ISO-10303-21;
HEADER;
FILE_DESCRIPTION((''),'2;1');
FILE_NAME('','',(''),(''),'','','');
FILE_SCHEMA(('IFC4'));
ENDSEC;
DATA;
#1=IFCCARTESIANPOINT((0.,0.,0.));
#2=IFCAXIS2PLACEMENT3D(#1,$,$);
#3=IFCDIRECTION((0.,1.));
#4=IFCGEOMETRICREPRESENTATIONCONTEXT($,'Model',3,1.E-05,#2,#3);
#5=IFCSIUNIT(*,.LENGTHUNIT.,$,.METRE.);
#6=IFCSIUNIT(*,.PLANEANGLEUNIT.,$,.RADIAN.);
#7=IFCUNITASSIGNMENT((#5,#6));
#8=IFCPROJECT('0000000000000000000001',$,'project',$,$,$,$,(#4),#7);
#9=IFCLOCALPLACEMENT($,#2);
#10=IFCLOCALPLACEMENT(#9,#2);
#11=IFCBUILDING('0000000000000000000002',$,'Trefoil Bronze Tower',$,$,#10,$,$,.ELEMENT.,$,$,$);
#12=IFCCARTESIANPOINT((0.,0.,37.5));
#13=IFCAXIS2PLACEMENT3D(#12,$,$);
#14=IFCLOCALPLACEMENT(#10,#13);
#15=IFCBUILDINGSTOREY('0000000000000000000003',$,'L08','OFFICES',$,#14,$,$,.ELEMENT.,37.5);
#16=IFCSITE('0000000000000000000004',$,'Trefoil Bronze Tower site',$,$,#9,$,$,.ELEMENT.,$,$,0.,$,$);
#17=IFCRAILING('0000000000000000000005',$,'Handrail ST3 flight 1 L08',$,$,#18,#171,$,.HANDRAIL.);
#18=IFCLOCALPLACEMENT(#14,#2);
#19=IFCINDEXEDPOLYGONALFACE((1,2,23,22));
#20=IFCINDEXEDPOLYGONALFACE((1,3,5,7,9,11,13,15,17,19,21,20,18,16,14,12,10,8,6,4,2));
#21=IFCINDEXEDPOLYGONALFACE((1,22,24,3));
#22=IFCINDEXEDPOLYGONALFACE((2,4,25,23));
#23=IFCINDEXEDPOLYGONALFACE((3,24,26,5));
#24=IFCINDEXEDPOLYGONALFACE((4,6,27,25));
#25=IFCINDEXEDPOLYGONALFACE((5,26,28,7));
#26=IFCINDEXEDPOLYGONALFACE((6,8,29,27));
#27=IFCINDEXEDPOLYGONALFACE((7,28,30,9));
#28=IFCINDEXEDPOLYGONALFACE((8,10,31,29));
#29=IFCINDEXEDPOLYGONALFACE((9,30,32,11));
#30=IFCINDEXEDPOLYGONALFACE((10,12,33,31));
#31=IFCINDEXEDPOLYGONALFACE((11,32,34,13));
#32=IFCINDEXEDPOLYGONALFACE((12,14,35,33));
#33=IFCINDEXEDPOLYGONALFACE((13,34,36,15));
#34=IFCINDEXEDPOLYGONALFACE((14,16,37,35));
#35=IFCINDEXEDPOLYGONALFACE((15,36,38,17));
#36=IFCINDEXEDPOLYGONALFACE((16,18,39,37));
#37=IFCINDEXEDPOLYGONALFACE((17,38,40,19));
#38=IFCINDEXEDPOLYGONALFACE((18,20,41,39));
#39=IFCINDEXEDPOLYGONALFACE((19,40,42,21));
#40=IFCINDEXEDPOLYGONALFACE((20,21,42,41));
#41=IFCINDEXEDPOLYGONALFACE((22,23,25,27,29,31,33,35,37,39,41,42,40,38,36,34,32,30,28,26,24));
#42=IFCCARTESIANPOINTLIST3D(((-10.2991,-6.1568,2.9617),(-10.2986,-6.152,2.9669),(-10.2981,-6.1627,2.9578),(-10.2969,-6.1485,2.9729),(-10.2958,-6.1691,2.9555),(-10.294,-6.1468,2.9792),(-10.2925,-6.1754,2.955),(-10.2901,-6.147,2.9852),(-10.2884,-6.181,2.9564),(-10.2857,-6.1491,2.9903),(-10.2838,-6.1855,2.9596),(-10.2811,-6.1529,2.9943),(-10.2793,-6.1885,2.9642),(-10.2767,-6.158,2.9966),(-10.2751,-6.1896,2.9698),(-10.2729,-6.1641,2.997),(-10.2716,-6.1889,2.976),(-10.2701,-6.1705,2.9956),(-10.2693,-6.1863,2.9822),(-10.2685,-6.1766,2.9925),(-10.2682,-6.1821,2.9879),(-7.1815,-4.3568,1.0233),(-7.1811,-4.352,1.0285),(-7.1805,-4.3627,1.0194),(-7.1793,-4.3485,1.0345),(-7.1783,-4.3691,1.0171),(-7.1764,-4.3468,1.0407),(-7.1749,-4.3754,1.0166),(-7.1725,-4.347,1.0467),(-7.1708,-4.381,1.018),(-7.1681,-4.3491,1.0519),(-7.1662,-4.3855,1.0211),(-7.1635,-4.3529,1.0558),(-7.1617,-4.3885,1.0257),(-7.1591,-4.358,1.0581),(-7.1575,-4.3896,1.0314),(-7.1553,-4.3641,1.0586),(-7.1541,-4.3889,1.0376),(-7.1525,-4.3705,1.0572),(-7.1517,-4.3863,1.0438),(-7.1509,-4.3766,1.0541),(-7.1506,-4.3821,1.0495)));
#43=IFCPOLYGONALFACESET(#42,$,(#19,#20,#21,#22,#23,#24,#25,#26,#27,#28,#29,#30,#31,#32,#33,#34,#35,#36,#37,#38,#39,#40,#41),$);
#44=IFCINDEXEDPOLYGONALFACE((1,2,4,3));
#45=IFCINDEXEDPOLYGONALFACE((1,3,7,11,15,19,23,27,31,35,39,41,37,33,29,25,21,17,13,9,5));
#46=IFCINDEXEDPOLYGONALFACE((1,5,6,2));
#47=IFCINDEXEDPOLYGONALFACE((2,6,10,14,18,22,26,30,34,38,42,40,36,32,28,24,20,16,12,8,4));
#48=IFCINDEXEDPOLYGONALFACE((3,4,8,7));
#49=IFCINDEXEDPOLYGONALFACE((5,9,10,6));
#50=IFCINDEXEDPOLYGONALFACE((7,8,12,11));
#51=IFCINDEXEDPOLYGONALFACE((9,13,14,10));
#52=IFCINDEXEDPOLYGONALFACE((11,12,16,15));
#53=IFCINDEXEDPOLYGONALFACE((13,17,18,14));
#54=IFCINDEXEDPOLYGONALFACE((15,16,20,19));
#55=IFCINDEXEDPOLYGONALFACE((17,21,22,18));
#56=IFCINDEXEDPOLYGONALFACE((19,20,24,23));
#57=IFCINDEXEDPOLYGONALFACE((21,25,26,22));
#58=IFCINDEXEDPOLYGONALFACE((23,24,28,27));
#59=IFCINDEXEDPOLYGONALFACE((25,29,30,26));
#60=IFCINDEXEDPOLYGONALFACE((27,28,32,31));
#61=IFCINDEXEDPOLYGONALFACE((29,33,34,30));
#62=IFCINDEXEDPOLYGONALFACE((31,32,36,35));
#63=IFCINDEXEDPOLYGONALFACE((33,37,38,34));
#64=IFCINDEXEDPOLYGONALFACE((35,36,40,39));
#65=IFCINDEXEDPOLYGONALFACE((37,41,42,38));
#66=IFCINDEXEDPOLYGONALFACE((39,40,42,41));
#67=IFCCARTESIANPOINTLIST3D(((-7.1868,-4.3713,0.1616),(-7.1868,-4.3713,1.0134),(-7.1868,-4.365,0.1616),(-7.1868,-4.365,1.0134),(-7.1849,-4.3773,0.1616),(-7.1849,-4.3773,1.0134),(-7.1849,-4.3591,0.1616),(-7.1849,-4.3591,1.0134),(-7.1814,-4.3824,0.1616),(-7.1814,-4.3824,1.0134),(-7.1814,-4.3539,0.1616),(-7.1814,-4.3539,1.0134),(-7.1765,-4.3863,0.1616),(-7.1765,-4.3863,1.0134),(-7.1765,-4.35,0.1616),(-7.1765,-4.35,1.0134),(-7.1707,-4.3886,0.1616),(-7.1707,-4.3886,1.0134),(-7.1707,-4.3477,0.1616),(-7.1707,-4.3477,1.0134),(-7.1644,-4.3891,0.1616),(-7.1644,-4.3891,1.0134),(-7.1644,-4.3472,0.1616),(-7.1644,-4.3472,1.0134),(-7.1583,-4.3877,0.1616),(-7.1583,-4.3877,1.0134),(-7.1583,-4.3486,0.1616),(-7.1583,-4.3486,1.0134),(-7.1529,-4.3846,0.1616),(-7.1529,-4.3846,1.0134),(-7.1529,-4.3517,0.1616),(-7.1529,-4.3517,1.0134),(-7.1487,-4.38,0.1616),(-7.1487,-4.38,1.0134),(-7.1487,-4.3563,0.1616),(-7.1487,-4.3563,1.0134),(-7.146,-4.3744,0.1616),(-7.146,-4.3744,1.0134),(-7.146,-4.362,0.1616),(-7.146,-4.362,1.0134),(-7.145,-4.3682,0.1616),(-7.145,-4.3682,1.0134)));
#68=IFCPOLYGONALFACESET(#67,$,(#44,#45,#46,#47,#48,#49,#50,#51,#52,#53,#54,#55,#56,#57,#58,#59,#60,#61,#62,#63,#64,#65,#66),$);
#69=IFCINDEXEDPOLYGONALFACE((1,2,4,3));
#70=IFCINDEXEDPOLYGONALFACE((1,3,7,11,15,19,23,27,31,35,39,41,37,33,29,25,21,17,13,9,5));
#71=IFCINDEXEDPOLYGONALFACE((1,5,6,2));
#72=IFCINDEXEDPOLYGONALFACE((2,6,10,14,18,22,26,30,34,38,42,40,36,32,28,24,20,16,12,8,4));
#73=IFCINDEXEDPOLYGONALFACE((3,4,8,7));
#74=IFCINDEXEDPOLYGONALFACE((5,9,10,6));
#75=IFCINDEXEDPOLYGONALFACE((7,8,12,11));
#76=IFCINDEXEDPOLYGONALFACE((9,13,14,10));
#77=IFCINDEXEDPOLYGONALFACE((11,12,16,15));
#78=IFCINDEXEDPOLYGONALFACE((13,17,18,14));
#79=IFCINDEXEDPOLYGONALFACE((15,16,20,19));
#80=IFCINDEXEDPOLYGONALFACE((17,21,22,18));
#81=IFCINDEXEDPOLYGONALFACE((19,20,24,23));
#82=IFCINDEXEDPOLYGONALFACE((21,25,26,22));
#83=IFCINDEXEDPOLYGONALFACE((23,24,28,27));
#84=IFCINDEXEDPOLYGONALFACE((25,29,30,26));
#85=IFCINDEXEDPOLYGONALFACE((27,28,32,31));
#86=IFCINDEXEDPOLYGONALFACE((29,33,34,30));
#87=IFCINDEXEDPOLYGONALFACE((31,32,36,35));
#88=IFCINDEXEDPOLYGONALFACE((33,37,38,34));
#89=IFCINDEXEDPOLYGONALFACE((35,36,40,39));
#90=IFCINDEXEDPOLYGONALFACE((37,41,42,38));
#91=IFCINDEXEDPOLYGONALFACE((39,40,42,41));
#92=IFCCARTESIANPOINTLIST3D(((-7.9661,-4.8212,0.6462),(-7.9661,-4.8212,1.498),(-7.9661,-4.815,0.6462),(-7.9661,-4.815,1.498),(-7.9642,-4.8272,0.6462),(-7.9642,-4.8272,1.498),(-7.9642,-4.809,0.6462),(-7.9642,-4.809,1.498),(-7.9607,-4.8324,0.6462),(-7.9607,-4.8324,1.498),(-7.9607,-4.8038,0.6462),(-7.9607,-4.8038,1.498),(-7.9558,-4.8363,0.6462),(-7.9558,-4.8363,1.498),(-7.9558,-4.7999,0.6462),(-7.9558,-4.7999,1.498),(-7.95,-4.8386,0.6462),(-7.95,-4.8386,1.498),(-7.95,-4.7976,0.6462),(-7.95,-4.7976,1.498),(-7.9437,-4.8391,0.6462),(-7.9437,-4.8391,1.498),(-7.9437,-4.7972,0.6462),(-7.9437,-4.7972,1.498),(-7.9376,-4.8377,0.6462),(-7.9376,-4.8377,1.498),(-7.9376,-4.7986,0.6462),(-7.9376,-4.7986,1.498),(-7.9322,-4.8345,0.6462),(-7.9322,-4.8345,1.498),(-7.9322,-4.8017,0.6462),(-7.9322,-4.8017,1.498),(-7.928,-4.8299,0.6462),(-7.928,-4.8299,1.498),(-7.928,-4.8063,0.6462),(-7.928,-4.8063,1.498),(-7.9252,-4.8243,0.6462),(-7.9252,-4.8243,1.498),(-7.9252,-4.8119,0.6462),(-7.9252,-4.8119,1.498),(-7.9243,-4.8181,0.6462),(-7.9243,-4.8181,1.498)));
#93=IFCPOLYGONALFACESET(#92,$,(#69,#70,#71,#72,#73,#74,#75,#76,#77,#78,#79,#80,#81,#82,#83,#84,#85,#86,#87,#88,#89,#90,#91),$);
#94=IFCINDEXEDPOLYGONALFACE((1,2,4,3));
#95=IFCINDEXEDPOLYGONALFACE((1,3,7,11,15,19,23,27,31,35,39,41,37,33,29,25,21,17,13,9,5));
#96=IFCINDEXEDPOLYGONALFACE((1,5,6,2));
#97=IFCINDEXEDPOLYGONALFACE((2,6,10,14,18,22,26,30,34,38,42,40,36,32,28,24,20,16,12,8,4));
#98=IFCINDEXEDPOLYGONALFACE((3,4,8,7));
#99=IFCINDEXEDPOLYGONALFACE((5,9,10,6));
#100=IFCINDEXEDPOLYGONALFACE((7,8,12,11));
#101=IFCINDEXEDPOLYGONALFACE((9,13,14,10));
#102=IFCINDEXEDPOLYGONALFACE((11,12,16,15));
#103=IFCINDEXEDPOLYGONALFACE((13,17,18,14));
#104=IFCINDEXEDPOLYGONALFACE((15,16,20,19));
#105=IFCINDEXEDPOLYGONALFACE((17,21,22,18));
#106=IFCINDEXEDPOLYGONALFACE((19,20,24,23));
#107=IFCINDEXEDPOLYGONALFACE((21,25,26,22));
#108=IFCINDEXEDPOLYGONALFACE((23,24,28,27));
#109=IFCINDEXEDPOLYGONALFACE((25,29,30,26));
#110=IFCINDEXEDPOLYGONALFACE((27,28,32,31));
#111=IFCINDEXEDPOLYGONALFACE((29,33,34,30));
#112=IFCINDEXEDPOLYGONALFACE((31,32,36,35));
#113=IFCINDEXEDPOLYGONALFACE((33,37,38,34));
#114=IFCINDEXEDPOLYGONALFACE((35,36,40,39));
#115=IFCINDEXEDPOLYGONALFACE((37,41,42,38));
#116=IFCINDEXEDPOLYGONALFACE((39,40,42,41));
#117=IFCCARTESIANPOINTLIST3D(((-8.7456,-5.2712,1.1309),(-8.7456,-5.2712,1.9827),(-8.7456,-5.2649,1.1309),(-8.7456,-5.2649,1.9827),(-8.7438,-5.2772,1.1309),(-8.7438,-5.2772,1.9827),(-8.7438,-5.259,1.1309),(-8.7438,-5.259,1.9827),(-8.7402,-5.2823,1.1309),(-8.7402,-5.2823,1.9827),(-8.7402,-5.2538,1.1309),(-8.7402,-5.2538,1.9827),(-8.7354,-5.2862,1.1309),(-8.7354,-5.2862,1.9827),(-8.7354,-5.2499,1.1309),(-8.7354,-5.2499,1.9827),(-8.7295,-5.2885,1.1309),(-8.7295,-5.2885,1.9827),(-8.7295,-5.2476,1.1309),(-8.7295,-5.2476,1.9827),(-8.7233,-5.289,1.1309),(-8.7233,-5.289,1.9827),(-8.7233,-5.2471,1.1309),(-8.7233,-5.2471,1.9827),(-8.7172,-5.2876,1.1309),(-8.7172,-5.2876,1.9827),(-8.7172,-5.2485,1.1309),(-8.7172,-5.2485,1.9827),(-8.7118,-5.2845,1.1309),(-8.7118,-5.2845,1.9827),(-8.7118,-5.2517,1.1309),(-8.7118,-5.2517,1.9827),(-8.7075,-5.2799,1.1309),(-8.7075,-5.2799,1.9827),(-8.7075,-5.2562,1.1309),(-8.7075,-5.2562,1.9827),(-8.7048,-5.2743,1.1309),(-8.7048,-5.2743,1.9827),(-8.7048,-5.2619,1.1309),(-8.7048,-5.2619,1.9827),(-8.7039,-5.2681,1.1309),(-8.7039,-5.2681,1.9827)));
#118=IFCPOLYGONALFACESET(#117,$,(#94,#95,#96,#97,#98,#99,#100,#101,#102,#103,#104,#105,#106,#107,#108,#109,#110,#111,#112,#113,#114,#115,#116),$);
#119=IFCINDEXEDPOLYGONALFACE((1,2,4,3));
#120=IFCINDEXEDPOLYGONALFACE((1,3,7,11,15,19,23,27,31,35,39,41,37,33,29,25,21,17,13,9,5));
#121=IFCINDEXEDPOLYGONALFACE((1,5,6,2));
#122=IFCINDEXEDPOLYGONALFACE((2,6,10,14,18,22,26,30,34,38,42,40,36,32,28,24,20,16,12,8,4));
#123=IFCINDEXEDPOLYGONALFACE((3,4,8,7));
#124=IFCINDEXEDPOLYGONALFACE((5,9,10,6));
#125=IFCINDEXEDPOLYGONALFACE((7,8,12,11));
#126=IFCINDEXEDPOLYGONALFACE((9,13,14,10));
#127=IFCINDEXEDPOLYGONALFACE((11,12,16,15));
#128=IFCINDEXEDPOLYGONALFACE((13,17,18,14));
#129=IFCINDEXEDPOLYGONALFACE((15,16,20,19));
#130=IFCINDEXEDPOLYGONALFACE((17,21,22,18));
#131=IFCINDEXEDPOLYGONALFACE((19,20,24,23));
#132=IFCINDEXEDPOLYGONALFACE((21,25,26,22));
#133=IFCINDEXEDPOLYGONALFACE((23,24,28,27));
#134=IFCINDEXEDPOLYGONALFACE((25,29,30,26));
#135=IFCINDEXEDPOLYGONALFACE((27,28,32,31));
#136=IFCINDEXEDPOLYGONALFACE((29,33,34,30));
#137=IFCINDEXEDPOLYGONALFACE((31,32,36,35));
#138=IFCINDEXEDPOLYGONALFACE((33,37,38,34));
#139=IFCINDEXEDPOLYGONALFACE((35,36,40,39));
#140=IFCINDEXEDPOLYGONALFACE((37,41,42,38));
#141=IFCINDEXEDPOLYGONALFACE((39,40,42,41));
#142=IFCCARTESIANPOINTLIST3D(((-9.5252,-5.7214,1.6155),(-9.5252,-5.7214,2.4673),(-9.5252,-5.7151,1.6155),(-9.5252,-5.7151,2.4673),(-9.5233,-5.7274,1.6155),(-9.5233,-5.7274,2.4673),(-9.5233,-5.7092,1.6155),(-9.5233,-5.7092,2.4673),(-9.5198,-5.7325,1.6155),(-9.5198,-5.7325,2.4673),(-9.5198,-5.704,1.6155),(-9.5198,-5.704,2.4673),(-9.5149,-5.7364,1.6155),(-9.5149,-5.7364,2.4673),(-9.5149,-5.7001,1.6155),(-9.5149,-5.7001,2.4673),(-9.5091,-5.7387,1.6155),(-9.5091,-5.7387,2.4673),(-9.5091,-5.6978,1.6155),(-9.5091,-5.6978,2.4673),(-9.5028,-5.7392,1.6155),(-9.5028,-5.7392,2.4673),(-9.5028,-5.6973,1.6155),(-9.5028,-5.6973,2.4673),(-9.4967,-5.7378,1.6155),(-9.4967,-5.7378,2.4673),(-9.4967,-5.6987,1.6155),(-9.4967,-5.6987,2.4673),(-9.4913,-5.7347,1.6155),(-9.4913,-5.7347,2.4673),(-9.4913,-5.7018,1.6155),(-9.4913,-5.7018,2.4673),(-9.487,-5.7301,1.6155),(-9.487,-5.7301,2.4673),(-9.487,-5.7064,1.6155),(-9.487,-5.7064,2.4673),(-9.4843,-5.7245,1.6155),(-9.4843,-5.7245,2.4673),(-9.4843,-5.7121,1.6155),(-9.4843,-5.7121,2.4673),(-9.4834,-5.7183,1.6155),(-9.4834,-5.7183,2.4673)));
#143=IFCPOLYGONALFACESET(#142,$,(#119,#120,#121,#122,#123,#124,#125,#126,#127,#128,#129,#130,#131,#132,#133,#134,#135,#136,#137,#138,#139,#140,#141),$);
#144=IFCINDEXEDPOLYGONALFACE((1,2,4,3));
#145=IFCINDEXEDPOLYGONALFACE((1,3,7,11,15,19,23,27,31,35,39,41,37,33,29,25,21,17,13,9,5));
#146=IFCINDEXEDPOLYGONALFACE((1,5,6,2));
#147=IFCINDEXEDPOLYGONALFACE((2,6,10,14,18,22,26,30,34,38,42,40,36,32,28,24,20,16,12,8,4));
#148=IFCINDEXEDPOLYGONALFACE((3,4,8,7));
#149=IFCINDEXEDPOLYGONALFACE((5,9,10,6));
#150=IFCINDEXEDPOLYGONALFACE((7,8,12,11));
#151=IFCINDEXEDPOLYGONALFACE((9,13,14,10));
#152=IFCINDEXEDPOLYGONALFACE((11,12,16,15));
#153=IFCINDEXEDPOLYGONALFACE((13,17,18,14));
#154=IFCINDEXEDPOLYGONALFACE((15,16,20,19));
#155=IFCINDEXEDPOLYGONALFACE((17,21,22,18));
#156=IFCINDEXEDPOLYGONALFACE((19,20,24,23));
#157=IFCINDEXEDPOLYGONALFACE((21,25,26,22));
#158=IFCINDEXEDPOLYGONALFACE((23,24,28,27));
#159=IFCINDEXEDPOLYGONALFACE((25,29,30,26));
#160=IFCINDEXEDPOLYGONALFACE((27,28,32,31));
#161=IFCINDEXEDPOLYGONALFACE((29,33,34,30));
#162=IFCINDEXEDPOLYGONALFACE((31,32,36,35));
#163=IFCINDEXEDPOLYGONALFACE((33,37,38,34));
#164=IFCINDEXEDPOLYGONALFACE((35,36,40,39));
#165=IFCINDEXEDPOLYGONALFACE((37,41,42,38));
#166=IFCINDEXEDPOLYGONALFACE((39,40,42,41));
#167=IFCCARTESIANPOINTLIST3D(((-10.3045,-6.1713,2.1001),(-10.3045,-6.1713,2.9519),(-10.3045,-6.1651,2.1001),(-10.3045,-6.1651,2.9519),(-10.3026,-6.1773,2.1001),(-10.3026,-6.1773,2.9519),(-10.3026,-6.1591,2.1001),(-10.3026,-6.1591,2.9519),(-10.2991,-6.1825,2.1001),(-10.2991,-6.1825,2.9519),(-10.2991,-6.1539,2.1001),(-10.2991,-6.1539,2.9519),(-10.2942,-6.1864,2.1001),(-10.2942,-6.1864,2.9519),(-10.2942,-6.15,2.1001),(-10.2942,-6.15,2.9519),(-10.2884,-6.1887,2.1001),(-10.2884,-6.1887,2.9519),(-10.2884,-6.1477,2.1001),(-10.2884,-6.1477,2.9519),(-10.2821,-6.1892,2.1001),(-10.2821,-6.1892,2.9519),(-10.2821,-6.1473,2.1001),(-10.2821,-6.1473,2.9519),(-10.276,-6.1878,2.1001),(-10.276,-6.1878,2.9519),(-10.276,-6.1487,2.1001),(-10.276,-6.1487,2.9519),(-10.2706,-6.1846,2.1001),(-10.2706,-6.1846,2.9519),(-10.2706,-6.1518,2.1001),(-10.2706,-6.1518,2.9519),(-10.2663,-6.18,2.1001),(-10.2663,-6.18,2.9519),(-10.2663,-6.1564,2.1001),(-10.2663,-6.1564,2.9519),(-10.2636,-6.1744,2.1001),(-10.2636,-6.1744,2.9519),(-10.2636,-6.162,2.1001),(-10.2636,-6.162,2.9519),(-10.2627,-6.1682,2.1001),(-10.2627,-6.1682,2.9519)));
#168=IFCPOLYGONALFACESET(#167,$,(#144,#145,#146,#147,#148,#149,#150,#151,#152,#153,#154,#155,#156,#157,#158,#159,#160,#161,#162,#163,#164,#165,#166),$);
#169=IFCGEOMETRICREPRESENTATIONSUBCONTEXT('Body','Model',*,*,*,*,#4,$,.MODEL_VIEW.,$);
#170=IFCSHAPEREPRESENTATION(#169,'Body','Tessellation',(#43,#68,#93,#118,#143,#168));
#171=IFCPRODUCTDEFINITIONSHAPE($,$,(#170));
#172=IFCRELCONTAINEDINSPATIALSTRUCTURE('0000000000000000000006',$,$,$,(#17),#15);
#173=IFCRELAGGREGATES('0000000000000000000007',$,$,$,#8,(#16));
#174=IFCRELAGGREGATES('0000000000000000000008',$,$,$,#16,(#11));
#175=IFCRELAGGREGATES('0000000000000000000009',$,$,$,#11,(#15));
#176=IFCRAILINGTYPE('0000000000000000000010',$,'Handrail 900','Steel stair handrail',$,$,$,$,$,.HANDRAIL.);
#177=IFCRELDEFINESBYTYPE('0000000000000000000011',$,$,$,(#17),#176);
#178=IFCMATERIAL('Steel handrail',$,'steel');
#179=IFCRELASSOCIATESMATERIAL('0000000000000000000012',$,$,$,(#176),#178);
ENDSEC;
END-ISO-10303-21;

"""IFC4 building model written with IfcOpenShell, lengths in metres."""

from ifc_helpers import new_model, si_unit, direction, frame, origin, origin_2d, place, context, subcontext, project, spatial, circle, extrude, material, type_object, element, save


model = new_model("IFC4")

# Units and contexts
model_context = context("Model", 3, precision=1e-05, world=origin(), true_north=direction((0.0, 1.0)))
body_context = subcontext(model_context, "Body", "Model", "MODEL_VIEW")
ifc_project = project(units=[si_unit("LENGTHUNIT", "METRE"), si_unit("PLANEANGLEUNIT", "RADIAN")], contexts=[model_context])

# Site, building, storey
site_placement = place(None, origin())
site = spatial("IfcSite", under=ifc_project, at=site_placement, Name="Trefoil Bronze Tower site", CompositionType="ELEMENT", RefElevation=0.0)
building_placement = place(site_placement, origin())
building = spatial("IfcBuilding", under=site, at=building_placement, Name="Trefoil Bronze Tower", CompositionType="ELEMENT")
storey_placement = place(building_placement, frame((0.0, 0.0, 37.5)))
storey = spatial("IfcBuildingStorey", under=building, at=storey_placement, Name="L08", Description="OFFICES", CompositionType="ELEMENT", Elevation=37.5)

# Railing
ifc_material_1 = material(Name="Steel handrail", Category="steel")
railing_type = type_object("IfcRailingType", Name="Handrail 900", Description="Steel stair handrail", PredefinedType="HANDRAIL", material=ifc_material_1)
railing_1_placement = place(storey_placement, frame((-7.166, -4.3682, 0.1616)))
element("IfcRailing", 1, at=railing_1_placement, inside=storey, type_object=railing_type, Name="Handrail ST3 flight 1 L08", PredefinedType="HANDRAIL", context=body_context, shape_type="SweptSolid", body=[
    extrude(circle(Radius=0.0239, at=origin_2d()), frame((0.0, 0.0, 0.876), z_axis=(-0.762503, -0.440246, 0.474102), x_axis=(0.500012, -0.866018, 0.0)), (0.0, 0.0, 1.0), 4.0886),
    extrude(circle(Radius=0.021, at=origin_2d()), origin(), (0.0, 0.0, 1.0), 0.8518),
    extrude(circle(Radius=0.021, at=origin_2d()), frame((-0.7793, -0.45, 0.4846)), (0.0, 0.0, 1.0), 0.8518),
    extrude(circle(Radius=0.021, at=origin_2d()), frame((-1.5588, -0.8999, 0.9692)), (0.0, 0.0, 1.0), 0.8518),
    extrude(circle(Radius=0.021, at=origin_2d()), frame((-2.3384, -1.3501, 1.4539)), (0.0, 0.0, 1.0), 0.8518),
    extrude(circle(Radius=0.021, at=origin_2d()), frame((-3.1177, -1.8, 1.9385)), (0.0, 0.0, 1.0), 0.8518),
])

save(model, "model.ifc")
